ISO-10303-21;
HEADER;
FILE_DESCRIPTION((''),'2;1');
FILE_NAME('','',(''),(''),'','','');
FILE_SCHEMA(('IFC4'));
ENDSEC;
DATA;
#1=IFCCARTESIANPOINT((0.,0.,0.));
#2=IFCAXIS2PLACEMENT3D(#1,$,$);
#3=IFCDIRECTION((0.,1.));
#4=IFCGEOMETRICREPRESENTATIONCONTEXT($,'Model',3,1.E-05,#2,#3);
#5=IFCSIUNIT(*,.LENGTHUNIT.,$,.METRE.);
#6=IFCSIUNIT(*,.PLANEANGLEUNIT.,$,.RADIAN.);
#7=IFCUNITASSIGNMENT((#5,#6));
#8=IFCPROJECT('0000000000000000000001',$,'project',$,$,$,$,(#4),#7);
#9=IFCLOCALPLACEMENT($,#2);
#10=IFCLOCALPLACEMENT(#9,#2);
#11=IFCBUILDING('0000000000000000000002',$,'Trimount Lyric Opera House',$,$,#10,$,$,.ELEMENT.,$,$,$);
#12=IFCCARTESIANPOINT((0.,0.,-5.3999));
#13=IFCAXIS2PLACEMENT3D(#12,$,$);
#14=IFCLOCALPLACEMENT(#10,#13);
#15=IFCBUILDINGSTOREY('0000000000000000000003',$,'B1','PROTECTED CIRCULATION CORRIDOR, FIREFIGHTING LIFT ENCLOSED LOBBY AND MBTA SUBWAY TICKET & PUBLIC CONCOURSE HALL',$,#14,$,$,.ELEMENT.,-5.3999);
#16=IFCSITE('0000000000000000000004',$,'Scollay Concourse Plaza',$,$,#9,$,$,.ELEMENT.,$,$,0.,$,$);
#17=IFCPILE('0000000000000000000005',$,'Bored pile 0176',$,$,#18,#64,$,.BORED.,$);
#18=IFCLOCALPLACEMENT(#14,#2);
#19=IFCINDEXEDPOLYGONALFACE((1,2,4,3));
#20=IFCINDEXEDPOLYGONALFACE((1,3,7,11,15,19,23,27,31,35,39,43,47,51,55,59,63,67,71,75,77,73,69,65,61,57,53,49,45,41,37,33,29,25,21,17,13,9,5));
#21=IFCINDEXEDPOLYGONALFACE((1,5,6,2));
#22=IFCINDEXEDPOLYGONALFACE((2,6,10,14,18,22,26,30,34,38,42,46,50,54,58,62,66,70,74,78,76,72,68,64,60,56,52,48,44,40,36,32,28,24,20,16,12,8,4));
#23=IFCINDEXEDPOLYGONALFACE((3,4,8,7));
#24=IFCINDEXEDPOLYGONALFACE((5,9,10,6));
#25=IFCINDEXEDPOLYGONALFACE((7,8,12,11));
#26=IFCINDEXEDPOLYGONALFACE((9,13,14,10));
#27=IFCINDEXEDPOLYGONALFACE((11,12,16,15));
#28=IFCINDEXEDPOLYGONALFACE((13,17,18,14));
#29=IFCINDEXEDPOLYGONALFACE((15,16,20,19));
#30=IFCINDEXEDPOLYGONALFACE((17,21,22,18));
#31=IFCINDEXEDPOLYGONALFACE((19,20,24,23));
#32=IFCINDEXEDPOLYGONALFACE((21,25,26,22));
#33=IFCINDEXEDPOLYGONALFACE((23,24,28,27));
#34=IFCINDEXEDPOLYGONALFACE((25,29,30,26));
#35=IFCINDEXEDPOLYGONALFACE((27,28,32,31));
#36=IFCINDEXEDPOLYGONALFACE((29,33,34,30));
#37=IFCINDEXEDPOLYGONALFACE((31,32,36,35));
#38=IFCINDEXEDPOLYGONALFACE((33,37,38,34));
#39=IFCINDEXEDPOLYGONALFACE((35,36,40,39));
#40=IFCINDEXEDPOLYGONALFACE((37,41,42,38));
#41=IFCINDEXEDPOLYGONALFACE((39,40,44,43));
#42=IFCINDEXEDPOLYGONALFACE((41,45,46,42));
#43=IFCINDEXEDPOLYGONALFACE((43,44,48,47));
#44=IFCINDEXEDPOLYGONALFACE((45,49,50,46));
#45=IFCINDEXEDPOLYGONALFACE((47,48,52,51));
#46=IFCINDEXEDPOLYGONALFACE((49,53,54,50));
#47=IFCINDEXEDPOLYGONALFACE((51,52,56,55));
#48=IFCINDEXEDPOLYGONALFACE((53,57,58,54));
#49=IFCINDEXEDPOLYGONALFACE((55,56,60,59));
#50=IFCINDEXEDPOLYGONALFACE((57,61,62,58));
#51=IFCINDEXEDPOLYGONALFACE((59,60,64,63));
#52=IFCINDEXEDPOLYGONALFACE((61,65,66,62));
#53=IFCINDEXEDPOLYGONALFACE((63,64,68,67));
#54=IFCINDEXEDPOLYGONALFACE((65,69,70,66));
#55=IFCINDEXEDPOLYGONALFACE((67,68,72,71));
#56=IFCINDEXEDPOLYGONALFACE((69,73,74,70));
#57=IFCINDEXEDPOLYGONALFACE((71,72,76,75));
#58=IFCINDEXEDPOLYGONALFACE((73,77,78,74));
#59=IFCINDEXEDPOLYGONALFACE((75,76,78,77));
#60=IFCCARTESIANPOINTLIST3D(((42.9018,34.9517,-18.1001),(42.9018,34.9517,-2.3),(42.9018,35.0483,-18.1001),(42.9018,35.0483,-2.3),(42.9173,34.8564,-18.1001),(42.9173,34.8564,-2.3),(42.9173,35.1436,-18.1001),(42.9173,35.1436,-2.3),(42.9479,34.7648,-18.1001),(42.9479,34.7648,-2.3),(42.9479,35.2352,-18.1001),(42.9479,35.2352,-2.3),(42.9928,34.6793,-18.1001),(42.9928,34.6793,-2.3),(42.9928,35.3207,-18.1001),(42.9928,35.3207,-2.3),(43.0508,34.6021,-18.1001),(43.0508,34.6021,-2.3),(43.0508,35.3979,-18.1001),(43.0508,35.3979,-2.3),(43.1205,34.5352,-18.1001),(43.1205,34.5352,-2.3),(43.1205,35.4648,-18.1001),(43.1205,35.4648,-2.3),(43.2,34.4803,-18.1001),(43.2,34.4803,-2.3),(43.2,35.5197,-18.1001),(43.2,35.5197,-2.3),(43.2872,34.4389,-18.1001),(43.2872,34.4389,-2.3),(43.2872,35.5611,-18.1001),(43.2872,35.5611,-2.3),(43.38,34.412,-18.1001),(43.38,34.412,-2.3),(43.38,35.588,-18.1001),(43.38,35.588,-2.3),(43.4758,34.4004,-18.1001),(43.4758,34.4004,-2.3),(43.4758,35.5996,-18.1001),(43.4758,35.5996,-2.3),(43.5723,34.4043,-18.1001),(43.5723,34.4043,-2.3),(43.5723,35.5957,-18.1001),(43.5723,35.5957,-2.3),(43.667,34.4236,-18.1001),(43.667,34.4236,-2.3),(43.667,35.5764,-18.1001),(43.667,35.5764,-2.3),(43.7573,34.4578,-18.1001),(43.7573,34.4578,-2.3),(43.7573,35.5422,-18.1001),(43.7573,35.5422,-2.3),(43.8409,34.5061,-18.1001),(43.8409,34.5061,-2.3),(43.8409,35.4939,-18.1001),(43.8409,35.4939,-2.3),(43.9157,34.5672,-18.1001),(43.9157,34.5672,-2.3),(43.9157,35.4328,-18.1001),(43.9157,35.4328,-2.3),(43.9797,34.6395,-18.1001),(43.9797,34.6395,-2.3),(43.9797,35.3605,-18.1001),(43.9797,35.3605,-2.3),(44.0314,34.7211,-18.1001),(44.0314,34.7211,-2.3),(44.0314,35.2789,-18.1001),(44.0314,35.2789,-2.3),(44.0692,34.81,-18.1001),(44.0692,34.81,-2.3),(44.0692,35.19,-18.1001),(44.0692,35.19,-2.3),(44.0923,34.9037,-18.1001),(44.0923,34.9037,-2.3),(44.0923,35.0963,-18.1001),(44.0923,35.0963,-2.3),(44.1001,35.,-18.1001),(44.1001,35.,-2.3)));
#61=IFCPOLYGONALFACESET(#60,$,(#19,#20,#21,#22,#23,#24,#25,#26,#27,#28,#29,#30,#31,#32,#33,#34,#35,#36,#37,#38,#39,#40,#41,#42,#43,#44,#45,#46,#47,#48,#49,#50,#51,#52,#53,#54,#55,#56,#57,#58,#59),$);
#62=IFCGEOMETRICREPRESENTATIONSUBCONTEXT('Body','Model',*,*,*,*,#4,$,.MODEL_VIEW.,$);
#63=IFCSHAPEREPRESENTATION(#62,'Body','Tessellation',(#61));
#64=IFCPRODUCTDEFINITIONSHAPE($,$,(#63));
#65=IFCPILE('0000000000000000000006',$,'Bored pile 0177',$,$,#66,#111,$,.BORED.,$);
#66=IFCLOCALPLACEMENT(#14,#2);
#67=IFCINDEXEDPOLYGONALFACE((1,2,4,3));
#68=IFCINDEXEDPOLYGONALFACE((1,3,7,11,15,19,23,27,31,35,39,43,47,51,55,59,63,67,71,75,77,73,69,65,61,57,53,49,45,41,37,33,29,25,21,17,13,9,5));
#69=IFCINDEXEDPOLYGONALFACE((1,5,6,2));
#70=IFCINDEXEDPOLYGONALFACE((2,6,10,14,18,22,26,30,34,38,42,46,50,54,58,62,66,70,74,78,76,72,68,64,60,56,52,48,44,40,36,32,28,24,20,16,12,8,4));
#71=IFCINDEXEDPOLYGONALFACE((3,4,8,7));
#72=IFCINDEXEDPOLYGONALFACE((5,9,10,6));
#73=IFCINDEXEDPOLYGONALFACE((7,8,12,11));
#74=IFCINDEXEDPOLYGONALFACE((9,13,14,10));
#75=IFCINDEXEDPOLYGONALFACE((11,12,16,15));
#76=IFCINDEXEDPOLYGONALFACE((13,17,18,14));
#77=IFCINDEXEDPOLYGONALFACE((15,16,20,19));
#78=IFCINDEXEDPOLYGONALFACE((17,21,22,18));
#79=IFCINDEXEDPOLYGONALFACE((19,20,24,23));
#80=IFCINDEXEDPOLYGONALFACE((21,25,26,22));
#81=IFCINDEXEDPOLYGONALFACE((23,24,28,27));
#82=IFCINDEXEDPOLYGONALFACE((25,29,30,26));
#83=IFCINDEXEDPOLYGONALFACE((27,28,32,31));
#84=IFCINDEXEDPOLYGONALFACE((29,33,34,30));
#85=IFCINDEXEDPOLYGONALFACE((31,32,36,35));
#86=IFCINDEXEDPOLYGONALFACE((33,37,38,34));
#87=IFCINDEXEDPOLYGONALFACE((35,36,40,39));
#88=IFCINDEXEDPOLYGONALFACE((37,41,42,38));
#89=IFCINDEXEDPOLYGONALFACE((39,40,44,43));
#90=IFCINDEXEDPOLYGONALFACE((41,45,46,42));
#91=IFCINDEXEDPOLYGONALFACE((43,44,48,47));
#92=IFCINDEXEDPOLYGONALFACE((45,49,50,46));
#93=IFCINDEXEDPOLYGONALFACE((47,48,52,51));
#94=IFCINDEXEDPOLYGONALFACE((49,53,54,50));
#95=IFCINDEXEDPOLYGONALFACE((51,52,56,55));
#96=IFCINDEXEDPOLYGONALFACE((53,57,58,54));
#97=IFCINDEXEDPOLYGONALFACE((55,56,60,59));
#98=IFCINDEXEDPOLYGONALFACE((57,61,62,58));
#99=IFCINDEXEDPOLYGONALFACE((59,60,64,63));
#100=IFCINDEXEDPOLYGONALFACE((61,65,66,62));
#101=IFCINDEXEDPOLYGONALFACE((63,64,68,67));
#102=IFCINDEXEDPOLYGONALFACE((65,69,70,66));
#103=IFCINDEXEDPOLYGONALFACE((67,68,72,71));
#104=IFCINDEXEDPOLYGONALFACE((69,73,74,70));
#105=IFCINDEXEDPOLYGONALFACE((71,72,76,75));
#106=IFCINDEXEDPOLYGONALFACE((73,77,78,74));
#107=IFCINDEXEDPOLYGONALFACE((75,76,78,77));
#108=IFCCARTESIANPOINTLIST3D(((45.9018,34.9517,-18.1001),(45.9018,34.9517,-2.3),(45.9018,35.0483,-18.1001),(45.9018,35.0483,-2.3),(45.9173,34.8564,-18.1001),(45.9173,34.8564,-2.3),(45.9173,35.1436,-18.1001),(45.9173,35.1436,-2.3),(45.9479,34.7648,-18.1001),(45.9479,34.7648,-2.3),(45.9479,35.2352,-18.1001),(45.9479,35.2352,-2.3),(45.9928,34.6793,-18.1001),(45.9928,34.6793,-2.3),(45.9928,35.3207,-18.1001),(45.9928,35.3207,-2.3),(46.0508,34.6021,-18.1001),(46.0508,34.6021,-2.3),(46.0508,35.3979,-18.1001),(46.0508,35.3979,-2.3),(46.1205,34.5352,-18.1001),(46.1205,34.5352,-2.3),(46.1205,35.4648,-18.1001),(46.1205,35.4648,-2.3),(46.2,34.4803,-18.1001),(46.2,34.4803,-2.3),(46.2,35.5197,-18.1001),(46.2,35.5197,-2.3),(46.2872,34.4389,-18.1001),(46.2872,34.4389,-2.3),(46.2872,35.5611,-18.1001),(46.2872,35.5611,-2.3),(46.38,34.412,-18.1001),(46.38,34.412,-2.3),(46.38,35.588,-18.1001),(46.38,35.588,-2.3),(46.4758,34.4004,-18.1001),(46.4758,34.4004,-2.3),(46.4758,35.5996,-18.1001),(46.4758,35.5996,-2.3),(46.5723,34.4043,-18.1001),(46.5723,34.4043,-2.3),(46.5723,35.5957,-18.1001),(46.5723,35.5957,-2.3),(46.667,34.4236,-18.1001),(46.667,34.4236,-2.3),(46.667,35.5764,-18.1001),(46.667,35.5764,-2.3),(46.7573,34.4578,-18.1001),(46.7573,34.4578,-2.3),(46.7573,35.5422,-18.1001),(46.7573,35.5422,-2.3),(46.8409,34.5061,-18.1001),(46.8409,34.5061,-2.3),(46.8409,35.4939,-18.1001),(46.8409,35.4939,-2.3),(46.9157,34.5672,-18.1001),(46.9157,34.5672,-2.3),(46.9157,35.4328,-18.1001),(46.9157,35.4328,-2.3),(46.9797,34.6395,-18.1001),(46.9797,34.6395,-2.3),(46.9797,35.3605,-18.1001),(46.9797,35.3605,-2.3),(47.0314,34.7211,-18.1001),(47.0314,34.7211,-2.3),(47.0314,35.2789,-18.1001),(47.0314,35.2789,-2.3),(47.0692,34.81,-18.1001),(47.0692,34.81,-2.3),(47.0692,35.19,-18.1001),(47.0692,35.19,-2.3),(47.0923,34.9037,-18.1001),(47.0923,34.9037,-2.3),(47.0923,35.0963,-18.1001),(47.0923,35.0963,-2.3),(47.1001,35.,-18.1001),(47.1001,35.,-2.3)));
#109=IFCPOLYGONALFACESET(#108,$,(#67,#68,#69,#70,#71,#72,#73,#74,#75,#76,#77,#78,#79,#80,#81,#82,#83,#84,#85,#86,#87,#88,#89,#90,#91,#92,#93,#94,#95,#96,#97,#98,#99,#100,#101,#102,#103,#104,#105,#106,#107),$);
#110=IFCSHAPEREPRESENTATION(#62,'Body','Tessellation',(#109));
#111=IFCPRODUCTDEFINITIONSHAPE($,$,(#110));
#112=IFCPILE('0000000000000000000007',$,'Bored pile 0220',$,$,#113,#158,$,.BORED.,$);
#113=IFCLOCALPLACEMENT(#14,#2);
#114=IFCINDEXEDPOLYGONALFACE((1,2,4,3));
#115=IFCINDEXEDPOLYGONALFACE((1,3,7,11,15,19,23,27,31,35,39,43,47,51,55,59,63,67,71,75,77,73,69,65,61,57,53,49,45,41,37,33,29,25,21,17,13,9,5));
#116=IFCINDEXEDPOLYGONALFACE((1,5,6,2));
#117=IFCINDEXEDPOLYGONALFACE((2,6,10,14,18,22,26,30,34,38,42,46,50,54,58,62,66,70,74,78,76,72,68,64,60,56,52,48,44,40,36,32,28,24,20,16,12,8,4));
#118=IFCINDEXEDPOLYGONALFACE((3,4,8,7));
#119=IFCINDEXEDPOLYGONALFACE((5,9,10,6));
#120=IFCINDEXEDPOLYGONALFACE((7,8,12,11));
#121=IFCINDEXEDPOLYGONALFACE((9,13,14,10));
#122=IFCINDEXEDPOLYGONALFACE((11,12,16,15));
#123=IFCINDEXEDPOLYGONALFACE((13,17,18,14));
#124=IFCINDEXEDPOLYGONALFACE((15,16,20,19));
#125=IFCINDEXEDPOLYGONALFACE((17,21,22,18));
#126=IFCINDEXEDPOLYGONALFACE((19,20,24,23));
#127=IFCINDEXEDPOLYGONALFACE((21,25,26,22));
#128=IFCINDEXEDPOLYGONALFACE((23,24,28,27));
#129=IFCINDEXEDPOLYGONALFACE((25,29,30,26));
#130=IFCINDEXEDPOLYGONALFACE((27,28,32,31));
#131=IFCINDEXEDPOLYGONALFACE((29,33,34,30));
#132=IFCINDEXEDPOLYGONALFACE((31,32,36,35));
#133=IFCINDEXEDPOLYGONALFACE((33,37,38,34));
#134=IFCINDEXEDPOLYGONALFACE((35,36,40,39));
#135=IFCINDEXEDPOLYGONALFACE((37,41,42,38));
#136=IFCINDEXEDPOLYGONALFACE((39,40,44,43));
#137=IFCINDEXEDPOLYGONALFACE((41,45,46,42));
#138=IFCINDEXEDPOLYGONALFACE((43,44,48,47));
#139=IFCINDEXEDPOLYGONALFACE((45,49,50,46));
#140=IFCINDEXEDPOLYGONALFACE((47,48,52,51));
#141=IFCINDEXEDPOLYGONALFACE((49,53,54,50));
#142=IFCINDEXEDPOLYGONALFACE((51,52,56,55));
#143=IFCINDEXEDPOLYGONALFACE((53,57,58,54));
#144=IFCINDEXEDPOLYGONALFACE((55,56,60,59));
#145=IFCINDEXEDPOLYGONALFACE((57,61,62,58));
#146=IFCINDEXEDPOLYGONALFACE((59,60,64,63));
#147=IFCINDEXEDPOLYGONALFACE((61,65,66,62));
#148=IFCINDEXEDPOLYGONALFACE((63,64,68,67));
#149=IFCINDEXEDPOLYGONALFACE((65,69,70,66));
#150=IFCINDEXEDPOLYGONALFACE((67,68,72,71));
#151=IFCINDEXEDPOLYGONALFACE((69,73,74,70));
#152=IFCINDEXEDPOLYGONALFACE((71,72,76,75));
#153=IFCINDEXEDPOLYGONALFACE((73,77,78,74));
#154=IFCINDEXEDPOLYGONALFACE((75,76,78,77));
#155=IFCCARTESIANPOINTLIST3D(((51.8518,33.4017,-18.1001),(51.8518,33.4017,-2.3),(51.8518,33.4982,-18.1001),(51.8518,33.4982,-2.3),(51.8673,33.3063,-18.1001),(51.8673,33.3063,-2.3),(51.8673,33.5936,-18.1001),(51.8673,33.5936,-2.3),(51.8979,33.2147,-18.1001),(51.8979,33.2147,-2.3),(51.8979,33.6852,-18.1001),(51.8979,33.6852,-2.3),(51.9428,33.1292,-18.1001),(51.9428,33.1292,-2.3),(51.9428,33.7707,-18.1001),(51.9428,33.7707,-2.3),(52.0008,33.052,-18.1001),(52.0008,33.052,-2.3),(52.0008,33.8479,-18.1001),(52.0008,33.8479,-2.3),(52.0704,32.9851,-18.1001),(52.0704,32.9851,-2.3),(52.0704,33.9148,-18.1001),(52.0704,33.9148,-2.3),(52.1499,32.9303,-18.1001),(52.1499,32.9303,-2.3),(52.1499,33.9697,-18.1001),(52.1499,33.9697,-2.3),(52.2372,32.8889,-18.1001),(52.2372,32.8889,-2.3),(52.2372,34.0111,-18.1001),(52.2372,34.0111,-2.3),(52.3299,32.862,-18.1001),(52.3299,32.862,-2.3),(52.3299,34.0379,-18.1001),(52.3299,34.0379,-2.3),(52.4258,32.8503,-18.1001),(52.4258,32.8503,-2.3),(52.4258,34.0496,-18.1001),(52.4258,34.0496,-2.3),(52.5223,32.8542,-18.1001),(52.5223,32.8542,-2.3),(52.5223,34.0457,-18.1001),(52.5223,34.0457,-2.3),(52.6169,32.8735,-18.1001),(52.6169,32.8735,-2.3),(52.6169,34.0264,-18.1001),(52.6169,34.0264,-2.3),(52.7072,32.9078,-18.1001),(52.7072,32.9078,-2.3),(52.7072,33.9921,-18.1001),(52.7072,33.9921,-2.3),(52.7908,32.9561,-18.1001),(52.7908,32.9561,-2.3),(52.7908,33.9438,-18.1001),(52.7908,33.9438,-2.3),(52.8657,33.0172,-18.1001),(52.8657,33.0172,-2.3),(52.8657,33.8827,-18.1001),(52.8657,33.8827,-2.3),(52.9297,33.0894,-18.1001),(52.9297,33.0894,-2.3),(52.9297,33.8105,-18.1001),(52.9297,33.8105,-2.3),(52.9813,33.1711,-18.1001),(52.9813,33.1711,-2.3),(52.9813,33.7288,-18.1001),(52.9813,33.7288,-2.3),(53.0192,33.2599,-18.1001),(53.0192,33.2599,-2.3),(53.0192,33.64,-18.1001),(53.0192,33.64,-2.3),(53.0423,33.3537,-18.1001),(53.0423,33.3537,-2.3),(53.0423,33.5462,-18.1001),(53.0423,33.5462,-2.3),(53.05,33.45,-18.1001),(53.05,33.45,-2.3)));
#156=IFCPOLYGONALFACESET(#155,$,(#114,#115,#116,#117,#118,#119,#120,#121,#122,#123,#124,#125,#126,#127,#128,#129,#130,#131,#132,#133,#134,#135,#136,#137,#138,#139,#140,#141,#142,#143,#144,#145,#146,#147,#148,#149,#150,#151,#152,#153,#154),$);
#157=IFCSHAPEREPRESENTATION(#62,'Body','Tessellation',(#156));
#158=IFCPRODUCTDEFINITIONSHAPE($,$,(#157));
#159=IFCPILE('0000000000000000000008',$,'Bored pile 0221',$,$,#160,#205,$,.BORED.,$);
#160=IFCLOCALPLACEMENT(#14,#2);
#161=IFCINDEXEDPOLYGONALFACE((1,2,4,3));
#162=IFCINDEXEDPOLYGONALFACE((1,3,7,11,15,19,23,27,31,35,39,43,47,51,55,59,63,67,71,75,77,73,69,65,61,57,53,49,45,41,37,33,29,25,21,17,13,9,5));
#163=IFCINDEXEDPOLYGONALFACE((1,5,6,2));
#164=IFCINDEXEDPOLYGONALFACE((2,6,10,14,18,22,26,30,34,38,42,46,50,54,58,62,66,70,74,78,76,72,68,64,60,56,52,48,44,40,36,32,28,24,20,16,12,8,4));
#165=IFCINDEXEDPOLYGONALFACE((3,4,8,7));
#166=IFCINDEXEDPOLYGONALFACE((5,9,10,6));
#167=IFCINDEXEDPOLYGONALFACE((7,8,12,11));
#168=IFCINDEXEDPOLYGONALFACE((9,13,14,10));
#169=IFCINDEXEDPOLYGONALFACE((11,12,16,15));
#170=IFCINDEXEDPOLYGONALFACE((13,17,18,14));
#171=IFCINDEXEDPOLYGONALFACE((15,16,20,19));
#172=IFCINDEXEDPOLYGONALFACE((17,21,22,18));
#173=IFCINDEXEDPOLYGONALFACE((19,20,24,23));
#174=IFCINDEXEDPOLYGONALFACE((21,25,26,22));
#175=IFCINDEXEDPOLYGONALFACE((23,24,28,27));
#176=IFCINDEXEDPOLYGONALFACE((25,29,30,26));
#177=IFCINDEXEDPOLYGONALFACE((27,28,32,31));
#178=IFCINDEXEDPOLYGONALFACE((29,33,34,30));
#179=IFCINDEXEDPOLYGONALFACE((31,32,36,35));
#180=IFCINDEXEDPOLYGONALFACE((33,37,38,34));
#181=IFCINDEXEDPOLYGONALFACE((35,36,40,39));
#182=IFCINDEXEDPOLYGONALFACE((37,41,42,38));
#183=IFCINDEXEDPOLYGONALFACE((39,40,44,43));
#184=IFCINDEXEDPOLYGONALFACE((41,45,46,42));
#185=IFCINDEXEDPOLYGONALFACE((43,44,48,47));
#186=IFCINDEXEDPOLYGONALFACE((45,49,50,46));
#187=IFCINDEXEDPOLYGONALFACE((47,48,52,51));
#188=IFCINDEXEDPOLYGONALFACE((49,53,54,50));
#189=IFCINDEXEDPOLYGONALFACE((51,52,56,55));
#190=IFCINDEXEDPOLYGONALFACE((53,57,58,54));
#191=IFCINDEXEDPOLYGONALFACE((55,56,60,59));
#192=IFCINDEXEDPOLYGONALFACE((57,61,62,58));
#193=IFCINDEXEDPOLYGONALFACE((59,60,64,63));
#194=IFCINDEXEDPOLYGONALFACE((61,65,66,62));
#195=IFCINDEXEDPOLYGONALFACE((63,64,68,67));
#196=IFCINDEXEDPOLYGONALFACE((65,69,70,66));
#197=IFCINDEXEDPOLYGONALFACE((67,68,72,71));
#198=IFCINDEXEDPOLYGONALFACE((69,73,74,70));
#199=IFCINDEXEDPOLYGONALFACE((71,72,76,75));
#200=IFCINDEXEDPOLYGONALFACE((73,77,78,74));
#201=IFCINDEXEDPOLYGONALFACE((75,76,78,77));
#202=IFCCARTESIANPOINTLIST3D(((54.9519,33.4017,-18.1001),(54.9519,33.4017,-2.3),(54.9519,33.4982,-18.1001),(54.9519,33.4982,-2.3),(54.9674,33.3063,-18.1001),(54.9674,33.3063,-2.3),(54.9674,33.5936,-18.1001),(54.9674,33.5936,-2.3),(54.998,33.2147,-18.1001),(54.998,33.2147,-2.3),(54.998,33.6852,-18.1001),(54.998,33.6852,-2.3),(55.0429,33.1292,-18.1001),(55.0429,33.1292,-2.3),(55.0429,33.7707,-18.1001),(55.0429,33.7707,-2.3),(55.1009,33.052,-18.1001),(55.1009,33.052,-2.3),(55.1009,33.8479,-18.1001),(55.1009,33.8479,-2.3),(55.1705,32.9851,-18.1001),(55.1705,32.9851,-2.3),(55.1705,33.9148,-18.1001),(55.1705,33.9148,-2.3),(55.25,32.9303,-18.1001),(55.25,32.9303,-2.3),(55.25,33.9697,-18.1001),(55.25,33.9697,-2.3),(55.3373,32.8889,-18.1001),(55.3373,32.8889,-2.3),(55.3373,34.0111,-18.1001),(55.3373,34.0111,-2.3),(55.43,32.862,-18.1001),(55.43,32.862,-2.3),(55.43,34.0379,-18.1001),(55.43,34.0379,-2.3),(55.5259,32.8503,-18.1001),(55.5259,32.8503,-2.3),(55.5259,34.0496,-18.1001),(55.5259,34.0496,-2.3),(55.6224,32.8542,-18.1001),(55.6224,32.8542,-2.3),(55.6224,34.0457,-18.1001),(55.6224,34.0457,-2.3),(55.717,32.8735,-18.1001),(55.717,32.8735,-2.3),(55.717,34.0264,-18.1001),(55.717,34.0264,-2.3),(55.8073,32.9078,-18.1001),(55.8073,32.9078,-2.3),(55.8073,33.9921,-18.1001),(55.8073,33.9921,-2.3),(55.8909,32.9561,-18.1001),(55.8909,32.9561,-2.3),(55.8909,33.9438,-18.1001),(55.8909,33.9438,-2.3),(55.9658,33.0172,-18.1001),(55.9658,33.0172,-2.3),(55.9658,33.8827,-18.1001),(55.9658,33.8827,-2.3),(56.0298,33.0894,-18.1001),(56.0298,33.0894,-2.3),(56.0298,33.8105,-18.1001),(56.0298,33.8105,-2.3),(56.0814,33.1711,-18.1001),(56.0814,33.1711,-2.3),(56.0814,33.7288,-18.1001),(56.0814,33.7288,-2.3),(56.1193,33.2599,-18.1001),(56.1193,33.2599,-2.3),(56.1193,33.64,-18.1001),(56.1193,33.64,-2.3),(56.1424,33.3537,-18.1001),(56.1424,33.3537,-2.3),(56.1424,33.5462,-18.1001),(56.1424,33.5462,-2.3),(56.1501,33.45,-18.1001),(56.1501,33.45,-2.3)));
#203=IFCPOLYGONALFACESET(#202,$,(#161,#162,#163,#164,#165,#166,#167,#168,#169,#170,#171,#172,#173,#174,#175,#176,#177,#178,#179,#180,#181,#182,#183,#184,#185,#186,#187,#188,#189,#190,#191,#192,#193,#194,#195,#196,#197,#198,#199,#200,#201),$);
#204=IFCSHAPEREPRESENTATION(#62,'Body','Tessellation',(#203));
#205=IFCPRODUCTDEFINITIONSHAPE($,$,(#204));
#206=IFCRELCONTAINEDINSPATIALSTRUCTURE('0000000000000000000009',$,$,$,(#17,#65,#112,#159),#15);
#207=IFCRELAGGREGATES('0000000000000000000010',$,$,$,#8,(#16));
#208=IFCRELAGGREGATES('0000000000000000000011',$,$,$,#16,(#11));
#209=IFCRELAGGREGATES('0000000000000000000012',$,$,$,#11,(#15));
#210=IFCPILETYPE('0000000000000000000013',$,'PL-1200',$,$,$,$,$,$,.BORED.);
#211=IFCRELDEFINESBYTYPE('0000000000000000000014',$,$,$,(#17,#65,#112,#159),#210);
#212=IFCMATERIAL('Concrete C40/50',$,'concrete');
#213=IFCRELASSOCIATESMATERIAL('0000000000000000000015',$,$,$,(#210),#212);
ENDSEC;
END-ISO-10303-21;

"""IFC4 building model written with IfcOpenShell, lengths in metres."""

from ifc_helpers import new_model, si_unit, direction, frame, origin, origin_2d, place, context, subcontext, project, spatial, circle, extrude, material, material_profile, profile_set, type_object, element, save


model = new_model("IFC4")

# Units and contexts
model_context = context("Model", 3, precision=1e-05, world=origin(), true_north=direction((0.0, 1.0)))
body_context = subcontext(model_context, "Body", "Model", "MODEL_VIEW")
ifc_project = project(units=[si_unit("LENGTHUNIT", "METRE"), si_unit("PLANEANGLEUNIT", "RADIAN")], contexts=[model_context])

# Site, building, storey
site_placement = place(None, origin())
site = spatial("IfcSite", under=ifc_project, at=site_placement, Name="Scollay Concourse Plaza", CompositionType="ELEMENT", RefElevation=0.0)
building_placement = place(site_placement, origin())
building = spatial("IfcBuilding", under=site, at=building_placement, Name="Trimount Lyric Opera House", CompositionType="ELEMENT")
storey_placement = place(building_placement, frame((0.0, 0.0, -5.3999)))
storey = spatial("IfcBuildingStorey", under=building, at=storey_placement, Name="B1", Description="PROTECTED CIRCULATION CORRIDOR, FIREFIGHTING LIFT ENCLOSED LOBBY AND MBTA SUBWAY TICKET & PUBLIC CONCOURSE HALL", CompositionType="ELEMENT", Elevation=-5.3999)

# Piles
ifc_material_1 = material(Name="Concrete C40/50", Category="concrete")
ifc_material_profile_1 = material_profile(ifc_material_1, circle(Radius=0.6001, at=origin_2d()), Name="PILE-D1200")
ifc_profile_set_1 = profile_set([ifc_material_profile_1], Name="Concrete C40/50")
pile_type_1 = type_object("IfcPileType", Name="PL-1200", PredefinedType="BORED", material=ifc_profile_set_1)
for number, where, z_axis, x_axis, name in (
    (1, (43.5, 35.0, -2.3), (0.0, 0.0, -1.0), (1.0, 0.0, 0.0), "Bored pile 0176"),
    (2, (46.5, 35.0, -2.3), (0.0, 0.0, -1.0), (1.0, 0.0, 0.0), "Bored pile 0177"),
    (3, (52.45, 33.45, -2.3), (0.0, 0.0, -1.0), (1.0, 0.0, 0.0), "Bored pile 0220"),
    (4, (55.55, 33.45, -2.3), (0.0, 0.0, -1.0), (1.0, 0.0, 0.0), "Bored pile 0221"),
):
    element("IfcPile", number, at=place(storey_placement, frame(where, z_axis=z_axis, x_axis=x_axis)), inside=storey, type_object=pile_type_1, Name=name, PredefinedType="BORED", context=body_context, shape_type="SweptSolid", body=[
        extrude(circle(Radius=0.6001, at=origin_2d()), origin(), (0.0, 0.0, 1.0), 15.8),
    ])

save(model, "model.ifc")
